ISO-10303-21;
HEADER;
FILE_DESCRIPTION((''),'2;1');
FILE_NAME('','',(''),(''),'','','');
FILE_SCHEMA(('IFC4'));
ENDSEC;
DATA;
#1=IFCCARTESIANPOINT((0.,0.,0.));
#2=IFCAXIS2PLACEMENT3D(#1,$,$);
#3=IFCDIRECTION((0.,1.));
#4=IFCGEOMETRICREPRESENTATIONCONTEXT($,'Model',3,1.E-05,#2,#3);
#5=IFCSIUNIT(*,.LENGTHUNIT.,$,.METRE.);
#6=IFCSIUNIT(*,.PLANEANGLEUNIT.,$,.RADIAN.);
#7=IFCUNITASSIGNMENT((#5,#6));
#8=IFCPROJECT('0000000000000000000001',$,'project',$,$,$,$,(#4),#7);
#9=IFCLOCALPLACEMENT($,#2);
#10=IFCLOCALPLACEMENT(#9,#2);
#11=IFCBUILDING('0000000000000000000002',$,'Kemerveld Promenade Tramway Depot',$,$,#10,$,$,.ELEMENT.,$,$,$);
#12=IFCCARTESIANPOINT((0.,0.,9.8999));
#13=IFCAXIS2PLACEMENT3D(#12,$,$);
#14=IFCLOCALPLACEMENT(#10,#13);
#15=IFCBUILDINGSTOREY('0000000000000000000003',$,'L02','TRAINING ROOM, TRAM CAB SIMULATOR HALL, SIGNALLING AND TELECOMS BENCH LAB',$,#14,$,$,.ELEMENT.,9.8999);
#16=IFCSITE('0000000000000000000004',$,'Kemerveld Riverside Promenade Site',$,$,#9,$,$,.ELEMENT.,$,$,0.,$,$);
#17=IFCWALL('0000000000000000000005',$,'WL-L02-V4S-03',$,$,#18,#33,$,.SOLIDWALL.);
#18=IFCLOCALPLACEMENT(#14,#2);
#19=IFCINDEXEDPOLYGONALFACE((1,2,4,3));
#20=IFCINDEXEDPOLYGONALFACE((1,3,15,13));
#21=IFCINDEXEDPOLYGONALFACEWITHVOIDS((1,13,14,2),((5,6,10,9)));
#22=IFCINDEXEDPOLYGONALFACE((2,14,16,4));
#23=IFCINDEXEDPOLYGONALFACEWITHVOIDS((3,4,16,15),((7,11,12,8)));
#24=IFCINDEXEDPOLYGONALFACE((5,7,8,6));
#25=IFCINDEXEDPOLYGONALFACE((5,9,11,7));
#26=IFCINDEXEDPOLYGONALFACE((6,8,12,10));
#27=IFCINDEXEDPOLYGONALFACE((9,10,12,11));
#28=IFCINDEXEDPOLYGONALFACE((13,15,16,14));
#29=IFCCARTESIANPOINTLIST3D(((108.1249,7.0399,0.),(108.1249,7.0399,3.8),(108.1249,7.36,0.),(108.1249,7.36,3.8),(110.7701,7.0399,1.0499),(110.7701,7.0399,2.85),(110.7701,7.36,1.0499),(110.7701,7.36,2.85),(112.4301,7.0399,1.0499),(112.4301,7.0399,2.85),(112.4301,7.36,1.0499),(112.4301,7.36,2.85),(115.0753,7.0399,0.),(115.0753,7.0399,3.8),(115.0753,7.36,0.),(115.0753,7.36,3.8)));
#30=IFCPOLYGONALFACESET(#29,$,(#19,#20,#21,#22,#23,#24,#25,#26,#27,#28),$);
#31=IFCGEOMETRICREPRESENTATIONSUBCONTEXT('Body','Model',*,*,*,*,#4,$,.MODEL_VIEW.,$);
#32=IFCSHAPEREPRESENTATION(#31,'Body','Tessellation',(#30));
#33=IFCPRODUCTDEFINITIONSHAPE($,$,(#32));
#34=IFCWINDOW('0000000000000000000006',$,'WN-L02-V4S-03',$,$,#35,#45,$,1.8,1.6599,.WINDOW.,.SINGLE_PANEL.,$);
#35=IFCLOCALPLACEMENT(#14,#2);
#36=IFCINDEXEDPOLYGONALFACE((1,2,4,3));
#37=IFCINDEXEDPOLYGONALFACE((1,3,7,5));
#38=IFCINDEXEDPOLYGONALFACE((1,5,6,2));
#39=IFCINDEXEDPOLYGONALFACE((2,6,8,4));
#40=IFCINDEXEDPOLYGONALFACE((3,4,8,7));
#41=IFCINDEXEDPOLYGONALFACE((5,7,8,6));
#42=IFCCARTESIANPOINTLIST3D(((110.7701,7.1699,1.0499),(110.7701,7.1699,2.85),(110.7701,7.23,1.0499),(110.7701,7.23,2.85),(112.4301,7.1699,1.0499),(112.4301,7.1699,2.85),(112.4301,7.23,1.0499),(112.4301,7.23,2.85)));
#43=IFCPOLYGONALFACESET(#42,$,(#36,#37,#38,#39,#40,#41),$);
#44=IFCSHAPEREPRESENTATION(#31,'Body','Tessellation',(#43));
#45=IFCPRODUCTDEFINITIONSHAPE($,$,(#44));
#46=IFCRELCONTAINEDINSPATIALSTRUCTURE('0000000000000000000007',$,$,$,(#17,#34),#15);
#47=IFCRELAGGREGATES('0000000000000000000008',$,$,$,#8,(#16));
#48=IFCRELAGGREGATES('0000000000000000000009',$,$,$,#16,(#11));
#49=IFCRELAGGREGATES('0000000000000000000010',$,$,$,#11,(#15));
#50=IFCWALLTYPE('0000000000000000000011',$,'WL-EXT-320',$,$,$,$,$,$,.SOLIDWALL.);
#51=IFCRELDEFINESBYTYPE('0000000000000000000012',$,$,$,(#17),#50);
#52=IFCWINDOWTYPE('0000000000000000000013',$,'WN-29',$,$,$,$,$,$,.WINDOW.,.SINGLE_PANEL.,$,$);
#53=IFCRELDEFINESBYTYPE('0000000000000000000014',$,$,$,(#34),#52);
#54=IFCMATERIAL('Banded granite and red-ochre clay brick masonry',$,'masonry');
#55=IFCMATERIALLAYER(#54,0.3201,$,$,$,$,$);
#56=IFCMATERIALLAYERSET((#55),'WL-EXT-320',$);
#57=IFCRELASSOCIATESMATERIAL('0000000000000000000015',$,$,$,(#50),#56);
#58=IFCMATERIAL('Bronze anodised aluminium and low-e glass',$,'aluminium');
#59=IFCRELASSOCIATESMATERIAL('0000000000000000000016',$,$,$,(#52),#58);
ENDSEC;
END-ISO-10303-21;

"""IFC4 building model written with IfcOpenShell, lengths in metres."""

from ifc_helpers import new_model, si_unit, direction, frame, frame_2d, origin, place, context, subcontext, project, spatial, rectangle, extrude, material, layer, layer_set, type_object, element, fill, save


model = new_model("IFC4")

# Units and contexts
model_context = context("Model", 3, precision=1e-05, world=origin(), true_north=direction((0.0, 1.0)))
body_context = subcontext(model_context, "Body", "Model", "MODEL_VIEW")
ifc_project = project(units=[si_unit("LENGTHUNIT", "METRE"), si_unit("PLANEANGLEUNIT", "RADIAN")], contexts=[model_context])

# Site, building, storey
site_placement = place(None, origin())
site = spatial("IfcSite", under=ifc_project, at=site_placement, Name="Kemerveld Riverside Promenade Site", CompositionType="ELEMENT", RefElevation=0.0)
building_placement = place(site_placement, origin())
building = spatial("IfcBuilding", under=site, at=building_placement, Name="Kemerveld Promenade Tramway Depot", CompositionType="ELEMENT")
storey_placement = place(building_placement, frame((0.0, 0.0, 9.8999)))
storey = spatial("IfcBuildingStorey", under=building, at=storey_placement, Name="L02", Description="TRAINING ROOM, TRAM CAB SIMULATOR HALL, SIGNALLING AND TELECOMS BENCH LAB", CompositionType="ELEMENT", Elevation=9.8999)

# Wall, opening, window
ifc_material_1 = material(Name="Banded granite and red-ochre clay brick masonry", Category="masonry")
ifc_layer_1 = layer(ifc_material_1, 0.3201)
ifc_layer_set_1 = layer_set([ifc_layer_1], Name="WL-EXT-320")
wall_type = type_object("IfcWallType", Name="WL-EXT-320", PredefinedType="SOLIDWALL", material=ifc_layer_set_1)
wall_placement = place(storey_placement, frame((115.0752, 7.2, 0.0), z_axis=(0.0, 0.0, 1.0), x_axis=(-1.0, 0.0, 0.0)))
wall = element("IfcWall", 1, at=wall_placement, inside=storey, type_object=wall_type, Name="WL-L02-V4S-03", PredefinedType="SOLIDWALL", context=body_context, shape_type="SweptSolid", body=[
    extrude(rectangle(XDim=6.9504, YDim=0.3201, at=frame_2d((3.4751, 0.0))), origin(), (0.0, 0.0, 1.0), 3.8),
])
opening_placement = place(wall_placement, frame((2.645, 0.0, 1.05)))
opening = element("IfcOpeningElement", 2, at=opening_placement, cuts=wall, PredefinedType="OPENING", context=body_context, shape_type="SweptSolid", body=[
    extrude(rectangle(XDim=1.6599, YDim=1.8, at=frame_2d((0.8301, 0.8999))), frame((0.0, 0.1699, 0.0), z_axis=(0.0, -1.0, 0.0), x_axis=(1.0, 0.0, 0.0)), (0.0, 0.0, 1.0), 0.3401),
])
ifc_material_2 = material(Name="Bronze anodised aluminium and low-e glass", Category="aluminium")
window_type = type_object("IfcWindowType", Name="WN-29", PartitioningType="SINGLE_PANEL", PredefinedType="WINDOW", material=ifc_material_2)
window_placement = place(opening_placement, origin())
window = element("IfcWindow", 3, at=window_placement, inside=storey, type_object=window_type, Name="WN-L02-V4S-03", OverallHeight=1.8, OverallWidth=1.6599, PartitioningType="SINGLE_PANEL", PredefinedType="WINDOW", context=body_context, shape_type="SweptSolid", body=[
    extrude(rectangle(XDim=1.6599, YDim=1.8, at=frame_2d((0.8301, 0.8999))), frame((0.0, 0.03, 0.0), z_axis=(0.0, -1.0, 0.0), x_axis=(1.0, 0.0, 0.0)), (0.0, 0.0, 1.0), 0.0601),
])
fill(opening, window)

save(model, "model.ifc")
